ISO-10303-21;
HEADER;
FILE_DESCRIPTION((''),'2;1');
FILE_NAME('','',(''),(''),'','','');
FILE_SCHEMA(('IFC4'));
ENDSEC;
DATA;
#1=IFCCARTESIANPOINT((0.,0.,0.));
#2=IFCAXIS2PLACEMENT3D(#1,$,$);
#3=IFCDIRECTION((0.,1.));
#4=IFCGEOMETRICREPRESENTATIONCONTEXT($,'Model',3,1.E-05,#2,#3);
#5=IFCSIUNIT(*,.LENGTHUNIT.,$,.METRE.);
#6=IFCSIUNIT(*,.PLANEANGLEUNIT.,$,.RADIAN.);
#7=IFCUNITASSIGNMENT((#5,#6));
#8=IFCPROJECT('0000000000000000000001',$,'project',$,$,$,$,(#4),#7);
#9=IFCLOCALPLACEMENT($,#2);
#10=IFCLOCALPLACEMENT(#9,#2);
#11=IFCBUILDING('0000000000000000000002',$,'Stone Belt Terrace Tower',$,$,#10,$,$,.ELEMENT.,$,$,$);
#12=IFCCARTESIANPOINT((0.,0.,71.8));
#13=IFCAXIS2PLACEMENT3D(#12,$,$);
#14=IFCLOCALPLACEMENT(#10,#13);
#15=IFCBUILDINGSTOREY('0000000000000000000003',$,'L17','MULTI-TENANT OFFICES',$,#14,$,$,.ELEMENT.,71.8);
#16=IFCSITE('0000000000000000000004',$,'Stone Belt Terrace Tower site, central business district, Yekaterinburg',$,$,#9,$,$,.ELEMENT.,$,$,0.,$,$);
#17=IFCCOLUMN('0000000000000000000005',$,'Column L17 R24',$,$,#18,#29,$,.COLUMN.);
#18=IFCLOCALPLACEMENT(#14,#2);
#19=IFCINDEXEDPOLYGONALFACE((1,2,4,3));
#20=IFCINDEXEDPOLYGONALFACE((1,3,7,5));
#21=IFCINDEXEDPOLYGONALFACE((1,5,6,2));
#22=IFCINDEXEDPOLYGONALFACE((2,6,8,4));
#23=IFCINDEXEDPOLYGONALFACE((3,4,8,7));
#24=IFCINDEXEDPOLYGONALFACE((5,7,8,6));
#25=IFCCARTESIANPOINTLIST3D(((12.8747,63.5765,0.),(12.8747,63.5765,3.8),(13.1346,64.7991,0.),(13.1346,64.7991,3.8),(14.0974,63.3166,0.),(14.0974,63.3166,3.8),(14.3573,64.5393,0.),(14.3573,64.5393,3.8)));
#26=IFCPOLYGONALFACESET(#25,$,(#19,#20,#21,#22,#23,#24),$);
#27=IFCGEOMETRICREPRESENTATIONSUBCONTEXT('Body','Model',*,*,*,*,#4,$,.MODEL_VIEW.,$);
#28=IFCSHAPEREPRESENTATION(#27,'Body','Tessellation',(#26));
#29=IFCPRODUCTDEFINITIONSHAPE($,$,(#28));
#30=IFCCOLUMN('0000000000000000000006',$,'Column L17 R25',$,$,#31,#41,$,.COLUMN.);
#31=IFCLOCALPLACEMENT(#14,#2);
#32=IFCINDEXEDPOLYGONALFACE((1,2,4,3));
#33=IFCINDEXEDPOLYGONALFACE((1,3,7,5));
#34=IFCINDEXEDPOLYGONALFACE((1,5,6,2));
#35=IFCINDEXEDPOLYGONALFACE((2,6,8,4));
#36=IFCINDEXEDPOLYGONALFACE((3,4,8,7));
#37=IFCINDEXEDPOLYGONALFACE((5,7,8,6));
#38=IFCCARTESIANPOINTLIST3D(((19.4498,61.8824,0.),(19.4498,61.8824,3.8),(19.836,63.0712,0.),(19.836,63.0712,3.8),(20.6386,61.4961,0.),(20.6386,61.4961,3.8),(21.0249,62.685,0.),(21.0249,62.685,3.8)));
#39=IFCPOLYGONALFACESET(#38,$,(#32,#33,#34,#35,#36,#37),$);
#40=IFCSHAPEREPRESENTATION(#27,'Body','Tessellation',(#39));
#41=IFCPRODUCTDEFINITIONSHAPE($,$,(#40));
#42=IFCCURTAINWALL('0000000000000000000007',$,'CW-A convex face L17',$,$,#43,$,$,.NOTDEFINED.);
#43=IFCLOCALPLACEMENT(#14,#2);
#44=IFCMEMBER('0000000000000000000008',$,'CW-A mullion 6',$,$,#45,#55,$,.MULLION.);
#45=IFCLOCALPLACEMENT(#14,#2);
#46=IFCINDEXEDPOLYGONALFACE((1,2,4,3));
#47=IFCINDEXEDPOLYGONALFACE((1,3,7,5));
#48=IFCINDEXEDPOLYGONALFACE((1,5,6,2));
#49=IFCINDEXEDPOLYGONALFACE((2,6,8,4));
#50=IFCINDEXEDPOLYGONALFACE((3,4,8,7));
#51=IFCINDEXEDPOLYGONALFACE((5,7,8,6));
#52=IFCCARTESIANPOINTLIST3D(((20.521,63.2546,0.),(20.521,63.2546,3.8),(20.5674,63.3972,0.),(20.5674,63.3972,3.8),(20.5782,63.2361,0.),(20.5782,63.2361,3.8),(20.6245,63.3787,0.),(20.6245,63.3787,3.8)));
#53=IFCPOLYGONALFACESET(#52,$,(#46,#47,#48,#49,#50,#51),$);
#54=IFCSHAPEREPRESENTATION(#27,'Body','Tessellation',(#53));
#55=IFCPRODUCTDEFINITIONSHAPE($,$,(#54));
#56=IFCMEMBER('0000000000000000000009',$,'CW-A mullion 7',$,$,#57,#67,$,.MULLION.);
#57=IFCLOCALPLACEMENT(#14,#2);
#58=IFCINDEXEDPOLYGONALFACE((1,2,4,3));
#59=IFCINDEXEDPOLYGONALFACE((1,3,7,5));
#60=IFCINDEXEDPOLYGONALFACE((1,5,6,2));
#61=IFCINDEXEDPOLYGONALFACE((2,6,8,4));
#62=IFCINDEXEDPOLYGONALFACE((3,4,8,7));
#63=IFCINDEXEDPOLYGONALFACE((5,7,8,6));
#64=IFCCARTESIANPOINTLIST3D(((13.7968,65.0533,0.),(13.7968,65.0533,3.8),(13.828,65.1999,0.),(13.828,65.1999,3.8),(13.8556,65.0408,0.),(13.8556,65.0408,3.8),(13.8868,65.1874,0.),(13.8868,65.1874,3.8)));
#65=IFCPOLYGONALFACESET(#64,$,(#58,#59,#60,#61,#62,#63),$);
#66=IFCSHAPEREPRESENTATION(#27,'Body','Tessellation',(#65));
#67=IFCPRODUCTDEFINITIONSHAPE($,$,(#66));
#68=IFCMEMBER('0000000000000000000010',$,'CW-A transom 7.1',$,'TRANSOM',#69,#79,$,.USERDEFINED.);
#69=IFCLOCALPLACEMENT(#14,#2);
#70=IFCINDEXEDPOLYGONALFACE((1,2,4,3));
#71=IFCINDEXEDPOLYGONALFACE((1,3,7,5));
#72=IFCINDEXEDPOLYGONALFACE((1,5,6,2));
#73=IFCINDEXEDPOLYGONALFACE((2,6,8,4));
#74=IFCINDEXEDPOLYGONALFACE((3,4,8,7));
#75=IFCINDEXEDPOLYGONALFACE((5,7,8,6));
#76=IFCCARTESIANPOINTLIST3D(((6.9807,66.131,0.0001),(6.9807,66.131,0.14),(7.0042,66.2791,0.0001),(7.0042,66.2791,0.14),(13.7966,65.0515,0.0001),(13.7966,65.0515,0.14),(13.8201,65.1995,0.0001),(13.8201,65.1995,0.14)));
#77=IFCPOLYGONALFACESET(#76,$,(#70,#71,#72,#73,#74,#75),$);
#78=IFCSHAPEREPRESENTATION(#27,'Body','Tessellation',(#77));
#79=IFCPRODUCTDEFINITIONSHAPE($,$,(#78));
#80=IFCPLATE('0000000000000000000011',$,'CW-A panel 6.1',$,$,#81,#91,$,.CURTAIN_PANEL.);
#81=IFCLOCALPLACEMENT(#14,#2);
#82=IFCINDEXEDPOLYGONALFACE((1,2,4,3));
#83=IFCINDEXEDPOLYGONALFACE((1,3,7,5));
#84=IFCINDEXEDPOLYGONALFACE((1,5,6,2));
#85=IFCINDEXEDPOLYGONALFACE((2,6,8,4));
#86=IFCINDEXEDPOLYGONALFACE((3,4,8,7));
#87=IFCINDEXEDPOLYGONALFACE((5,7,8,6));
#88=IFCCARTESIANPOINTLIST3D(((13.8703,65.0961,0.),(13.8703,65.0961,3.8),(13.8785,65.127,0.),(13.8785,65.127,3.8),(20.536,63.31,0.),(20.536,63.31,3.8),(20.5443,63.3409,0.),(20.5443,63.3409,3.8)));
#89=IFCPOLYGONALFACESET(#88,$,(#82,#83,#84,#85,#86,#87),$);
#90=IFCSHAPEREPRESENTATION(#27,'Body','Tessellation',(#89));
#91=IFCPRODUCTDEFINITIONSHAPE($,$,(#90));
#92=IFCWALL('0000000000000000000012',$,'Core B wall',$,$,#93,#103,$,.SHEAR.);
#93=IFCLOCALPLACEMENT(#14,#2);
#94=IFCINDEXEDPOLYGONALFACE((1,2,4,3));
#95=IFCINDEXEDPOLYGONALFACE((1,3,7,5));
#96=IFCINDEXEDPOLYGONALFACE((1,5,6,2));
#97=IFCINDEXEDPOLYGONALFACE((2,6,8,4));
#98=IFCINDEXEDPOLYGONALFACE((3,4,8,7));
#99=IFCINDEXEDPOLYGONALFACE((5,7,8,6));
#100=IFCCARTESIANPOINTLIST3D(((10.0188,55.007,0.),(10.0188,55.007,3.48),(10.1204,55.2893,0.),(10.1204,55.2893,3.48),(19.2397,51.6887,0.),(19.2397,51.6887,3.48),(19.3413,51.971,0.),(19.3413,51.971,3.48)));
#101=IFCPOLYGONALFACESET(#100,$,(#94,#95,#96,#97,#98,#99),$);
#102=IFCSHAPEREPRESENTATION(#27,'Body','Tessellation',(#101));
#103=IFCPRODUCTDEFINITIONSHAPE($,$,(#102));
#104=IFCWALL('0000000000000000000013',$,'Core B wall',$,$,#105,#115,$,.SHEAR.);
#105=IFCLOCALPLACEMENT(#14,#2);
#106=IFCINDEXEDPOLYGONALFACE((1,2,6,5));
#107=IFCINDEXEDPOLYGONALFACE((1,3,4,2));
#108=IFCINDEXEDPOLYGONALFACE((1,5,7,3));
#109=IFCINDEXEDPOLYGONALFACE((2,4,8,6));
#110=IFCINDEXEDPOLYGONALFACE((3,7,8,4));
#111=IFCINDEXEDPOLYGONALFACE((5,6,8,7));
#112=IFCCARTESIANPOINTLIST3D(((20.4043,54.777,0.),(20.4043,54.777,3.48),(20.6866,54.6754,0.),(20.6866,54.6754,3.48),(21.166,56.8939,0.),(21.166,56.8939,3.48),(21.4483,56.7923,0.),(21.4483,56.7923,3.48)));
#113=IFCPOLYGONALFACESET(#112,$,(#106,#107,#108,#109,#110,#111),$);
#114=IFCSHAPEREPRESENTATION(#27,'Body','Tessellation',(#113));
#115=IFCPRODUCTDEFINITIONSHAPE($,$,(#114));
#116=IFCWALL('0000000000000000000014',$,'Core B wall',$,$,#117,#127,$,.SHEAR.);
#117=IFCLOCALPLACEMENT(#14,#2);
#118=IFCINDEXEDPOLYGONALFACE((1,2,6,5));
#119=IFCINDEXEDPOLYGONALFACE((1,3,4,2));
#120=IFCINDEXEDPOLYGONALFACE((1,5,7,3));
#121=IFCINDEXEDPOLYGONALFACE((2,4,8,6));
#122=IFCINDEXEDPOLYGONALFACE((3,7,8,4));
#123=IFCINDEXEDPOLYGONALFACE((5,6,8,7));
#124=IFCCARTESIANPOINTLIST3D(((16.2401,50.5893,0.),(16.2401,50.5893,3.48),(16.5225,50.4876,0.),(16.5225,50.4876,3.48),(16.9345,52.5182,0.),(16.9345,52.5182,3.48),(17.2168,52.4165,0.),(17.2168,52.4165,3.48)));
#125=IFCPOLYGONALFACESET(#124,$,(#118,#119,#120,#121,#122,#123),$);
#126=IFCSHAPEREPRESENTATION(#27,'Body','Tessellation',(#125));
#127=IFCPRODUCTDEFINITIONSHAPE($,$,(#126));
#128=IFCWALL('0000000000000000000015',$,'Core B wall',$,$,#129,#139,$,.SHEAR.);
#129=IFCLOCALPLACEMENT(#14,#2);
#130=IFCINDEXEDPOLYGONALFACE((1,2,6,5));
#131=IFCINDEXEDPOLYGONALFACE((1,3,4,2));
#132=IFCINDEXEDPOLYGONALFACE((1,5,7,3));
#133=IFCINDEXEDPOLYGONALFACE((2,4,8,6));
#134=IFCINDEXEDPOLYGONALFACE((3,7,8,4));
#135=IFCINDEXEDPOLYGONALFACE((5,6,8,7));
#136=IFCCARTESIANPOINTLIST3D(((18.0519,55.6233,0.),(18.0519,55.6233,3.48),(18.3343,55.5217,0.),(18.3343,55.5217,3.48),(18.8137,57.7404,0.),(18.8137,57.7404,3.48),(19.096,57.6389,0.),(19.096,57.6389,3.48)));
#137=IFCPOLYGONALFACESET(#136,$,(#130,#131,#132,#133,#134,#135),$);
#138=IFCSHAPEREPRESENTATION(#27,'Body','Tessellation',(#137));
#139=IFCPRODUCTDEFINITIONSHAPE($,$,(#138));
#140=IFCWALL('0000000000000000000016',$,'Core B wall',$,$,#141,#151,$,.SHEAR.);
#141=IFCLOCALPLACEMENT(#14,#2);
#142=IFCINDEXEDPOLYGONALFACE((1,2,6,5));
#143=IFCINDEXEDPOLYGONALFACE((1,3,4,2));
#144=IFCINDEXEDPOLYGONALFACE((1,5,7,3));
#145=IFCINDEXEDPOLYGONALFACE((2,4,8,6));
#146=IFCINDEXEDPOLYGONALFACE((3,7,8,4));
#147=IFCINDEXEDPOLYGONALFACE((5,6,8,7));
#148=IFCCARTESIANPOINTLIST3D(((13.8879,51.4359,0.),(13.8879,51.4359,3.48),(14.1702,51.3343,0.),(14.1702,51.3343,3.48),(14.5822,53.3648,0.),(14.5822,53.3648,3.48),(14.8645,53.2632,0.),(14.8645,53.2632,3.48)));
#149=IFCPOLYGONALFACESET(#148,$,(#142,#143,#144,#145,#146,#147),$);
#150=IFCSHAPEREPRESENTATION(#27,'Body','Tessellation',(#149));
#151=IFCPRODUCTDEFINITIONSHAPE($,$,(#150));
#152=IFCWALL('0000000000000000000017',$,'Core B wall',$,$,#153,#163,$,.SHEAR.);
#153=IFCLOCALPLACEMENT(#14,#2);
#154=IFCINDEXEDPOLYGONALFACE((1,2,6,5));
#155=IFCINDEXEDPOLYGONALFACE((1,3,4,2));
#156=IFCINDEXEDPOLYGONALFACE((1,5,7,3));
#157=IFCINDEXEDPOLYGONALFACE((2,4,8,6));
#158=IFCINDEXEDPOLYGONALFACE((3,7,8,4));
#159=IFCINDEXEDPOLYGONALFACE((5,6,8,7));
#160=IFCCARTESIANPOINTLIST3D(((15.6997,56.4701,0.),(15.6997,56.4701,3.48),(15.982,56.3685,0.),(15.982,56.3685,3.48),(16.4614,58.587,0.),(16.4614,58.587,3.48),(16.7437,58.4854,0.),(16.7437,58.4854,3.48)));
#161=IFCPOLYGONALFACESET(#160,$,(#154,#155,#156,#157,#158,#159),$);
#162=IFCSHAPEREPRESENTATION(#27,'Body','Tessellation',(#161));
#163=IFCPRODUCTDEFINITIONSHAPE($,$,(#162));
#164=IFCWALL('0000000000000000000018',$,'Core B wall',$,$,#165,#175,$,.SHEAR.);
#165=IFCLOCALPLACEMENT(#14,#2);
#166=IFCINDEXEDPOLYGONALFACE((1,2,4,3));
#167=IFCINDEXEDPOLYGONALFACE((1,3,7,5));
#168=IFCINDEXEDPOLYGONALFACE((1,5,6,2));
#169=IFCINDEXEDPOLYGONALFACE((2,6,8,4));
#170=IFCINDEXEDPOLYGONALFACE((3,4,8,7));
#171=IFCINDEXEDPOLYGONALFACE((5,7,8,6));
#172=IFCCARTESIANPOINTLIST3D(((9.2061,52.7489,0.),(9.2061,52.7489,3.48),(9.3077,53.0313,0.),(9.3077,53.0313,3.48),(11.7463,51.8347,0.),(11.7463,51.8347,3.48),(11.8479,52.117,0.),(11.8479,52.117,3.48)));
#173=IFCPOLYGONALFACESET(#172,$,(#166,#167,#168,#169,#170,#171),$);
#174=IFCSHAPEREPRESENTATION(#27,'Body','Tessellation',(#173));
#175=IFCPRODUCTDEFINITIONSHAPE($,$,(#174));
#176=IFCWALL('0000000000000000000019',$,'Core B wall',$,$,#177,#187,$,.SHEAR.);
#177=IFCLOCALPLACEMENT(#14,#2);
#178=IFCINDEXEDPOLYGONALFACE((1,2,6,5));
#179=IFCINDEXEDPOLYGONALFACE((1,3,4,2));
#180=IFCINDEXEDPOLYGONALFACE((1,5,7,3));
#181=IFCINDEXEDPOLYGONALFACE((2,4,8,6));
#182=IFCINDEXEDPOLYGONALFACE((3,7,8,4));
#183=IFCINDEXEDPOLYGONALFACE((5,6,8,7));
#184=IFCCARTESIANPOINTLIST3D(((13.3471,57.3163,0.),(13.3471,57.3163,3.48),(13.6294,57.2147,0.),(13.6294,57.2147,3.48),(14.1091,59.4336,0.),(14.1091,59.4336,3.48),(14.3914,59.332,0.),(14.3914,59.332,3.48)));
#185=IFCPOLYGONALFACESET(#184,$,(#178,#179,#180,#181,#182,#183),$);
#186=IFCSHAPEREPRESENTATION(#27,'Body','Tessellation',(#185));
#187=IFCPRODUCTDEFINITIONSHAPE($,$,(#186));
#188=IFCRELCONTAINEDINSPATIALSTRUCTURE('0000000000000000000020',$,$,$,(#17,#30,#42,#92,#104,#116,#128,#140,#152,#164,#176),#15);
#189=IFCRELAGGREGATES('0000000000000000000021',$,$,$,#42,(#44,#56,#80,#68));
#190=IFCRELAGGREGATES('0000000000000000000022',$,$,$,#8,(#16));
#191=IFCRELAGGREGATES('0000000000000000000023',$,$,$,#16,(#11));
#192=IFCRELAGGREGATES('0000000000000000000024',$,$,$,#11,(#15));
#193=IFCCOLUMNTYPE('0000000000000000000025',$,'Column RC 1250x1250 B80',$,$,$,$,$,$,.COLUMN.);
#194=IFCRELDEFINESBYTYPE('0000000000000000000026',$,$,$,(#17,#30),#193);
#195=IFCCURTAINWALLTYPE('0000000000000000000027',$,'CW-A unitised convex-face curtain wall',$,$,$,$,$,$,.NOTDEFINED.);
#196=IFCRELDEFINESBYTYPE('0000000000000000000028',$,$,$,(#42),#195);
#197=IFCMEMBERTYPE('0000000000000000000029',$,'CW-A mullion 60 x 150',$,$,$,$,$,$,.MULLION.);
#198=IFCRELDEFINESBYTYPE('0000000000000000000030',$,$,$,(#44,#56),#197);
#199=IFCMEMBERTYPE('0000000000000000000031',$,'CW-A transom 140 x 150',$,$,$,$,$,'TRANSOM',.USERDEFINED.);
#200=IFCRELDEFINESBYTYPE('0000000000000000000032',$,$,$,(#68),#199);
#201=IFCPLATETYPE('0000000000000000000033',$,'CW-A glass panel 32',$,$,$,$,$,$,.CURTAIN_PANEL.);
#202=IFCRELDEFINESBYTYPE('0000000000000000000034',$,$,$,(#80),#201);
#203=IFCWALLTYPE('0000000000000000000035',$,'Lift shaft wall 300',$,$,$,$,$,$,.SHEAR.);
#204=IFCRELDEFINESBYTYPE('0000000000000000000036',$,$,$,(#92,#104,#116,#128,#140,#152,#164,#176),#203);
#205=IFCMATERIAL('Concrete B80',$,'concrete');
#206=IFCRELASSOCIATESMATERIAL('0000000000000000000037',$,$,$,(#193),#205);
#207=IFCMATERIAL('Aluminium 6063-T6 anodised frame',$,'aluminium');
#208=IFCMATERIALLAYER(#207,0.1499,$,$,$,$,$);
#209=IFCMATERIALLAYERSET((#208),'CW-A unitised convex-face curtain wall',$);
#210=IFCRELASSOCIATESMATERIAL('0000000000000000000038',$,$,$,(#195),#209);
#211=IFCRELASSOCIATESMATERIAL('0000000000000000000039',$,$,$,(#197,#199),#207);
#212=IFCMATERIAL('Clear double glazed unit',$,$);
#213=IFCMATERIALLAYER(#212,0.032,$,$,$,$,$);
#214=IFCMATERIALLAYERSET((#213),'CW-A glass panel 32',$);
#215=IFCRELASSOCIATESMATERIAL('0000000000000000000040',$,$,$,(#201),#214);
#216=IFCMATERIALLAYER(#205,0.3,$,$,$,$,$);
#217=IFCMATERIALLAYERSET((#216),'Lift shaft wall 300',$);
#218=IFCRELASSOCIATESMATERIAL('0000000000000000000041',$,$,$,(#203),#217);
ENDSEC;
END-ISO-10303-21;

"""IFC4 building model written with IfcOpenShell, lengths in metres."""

from ifc_helpers import new_model, si_unit, direction, frame, frame_2d, origin, origin_2d, place, context, subcontext, project, spatial, rectangle, extrude, material, layer, layer_set, material_profile, profile_set, type_object, element, aggregate, save


model = new_model("IFC4")

# Units and contexts
model_context = context("Model", 3, precision=1e-05, world=origin(), true_north=direction((0.0, 1.0)))
body_context = subcontext(model_context, "Body", "Model", "MODEL_VIEW")
ifc_project = project(units=[si_unit("LENGTHUNIT", "METRE"), si_unit("PLANEANGLEUNIT", "RADIAN")], contexts=[model_context])

# Site, building, storey
site_placement = place(None, origin())
site = spatial("IfcSite", under=ifc_project, at=site_placement, Name="Stone Belt Terrace Tower site, central business district, Yekaterinburg", CompositionType="ELEMENT", RefElevation=0.0)
building_placement = place(site_placement, origin())
building = spatial("IfcBuilding", under=site, at=building_placement, Name="Stone Belt Terrace Tower", CompositionType="ELEMENT")
storey_placement = place(building_placement, frame((0.0, 0.0, 71.8)))
storey = spatial("IfcBuildingStorey", under=building, at=storey_placement, Name="L17", Description="MULTI-TENANT OFFICES", CompositionType="ELEMENT", Elevation=71.8)

# Columns
ifc_material_1 = material(Name="Concrete B80", Category="concrete")
ifc_material_profile_1 = material_profile(ifc_material_1, rectangle(XDim=1.25, YDim=1.25, at=origin_2d()), Name="RC 1250x1250")
ifc_profile_set_1 = profile_set([ifc_material_profile_1], Name="Concrete B80")
column_type = type_object("IfcColumnType", Name="Column RC 1250x1250 B80", PredefinedType="COLUMN", material=ifc_profile_set_1)
for number, where, z_axis, x_axis, name in (
    (1, (13.616, 64.0579, 0.0), (0.0, 0.0, 1.0), (0.978148, -0.207912, 0.0), "Column L17 R24"),
    (2, (20.2373, 62.2837, 0.0), (0.0, 0.0, 1.0), (0.951057, -0.309017, 0.0), "Column L17 R25"),
):
    element("IfcColumn", number, at=place(storey_placement, frame(where, z_axis=z_axis, x_axis=x_axis)), inside=storey, type_object=column_type, Name=name, PredefinedType="COLUMN", context=body_context, shape_type="SweptSolid", body=[
        extrude(rectangle(XDim=1.25, YDim=1.25, at=origin_2d()), origin(), (0.0, 0.0, 1.0), 3.8),
    ])

# Curtain wall, members, plate
ifc_material_2 = material(Name="Aluminium 6063-T6 anodised frame", Category="aluminium")
ifc_layer_1 = layer(ifc_material_2, 0.1499)
ifc_layer_set_1 = layer_set([ifc_layer_1], Name="CW-A unitised convex-face curtain wall")
curtain_wall_type = type_object("IfcCurtainWallType", Name="CW-A unitised convex-face curtain wall", PredefinedType="NOTDEFINED", material=ifc_layer_set_1)
curtain_wall_placement = place(storey_placement, origin())
curtain_wall = element("IfcCurtainWall", 3, at=curtain_wall_placement, inside=storey, type_object=curtain_wall_type, Name="CW-A convex face L17", PredefinedType="NOTDEFINED")
ifc_material_profile_2 = material_profile(ifc_material_2, rectangle(XDim=0.1499, YDim=0.0601, at=origin_2d()), Name="Aluminium 6063-T6 60x150")
ifc_profile_set_2 = profile_set([ifc_material_profile_2], Name="Aluminium 6063-T6 anodised frame")
member_type_1 = type_object("IfcMemberType", Name="CW-A mullion 60 x 150", PredefinedType="MULLION", material=ifc_profile_set_2)
member_1_placement = place(storey_placement, frame((20.5728, 63.3167, 0.0), z_axis=(0.0, 0.0, 1.0), x_axis=(-0.309017, -0.951057, 0.0)))
member_1 = element("IfcMember", 4, at=member_1_placement, type_object=member_type_1, Name="CW-A mullion 6", PredefinedType="MULLION", context=body_context, shape_type="SweptSolid", body=[
    extrude(rectangle(XDim=0.1499, YDim=0.0601, at=origin_2d()), origin(), (0.0, 0.0, 1.0), 3.8),
])
member_2_placement = place(storey_placement, frame((13.8418, 65.1204, 0.0), z_axis=(0.0, 0.0, 1.0), x_axis=(-0.207912, -0.978148, 0.0)))
member_2 = element("IfcMember", 5, at=member_2_placement, type_object=member_type_1, Name="CW-A mullion 7", PredefinedType="MULLION", context=body_context, shape_type="SweptSolid", body=[
    extrude(rectangle(XDim=0.1499, YDim=0.0601, at=origin_2d()), origin(), (0.0, 0.0, 1.0), 3.8),
])
ifc_material_profile_3 = material_profile(ifc_material_2, rectangle(XDim=0.1499, YDim=0.1399, at=origin_2d()), Name="Aluminium 6063-T6 150x140")
ifc_profile_set_3 = profile_set([ifc_material_profile_3], Name="Aluminium 6063-T6 anodised frame")
member_type_2 = type_object("IfcMemberType", Name="CW-A transom 140 x 150", ElementType="TRANSOM", PredefinedType="USERDEFINED", material=ifc_profile_set_3)
member_3_placement = place(storey_placement, frame((13.8083, 65.1255, 0.0701), z_axis=(-0.987687, 0.156442, 0.0), x_axis=(-0.156442, -0.987687, 0.0)))
member_3 = element("IfcMember", 6, at=member_3_placement, type_object=member_type_2, Name="CW-A transom 7.1", ObjectType="TRANSOM", PredefinedType="USERDEFINED", context=body_context, shape_type="SweptSolid", body=[
    extrude(rectangle(XDim=0.1499, YDim=0.1399, at=origin_2d()), origin(), (0.0, 0.0, 1.0), 6.9009),
])
ifc_material_3 = material(Name="Clear double glazed unit")
ifc_layer_2 = layer(ifc_material_3, 0.032)
ifc_layer_set_2 = layer_set([ifc_layer_2], Name="CW-A glass panel 32")
plate_type = type_object("IfcPlateType", Name="CW-A glass panel 32", PredefinedType="CURTAIN_PANEL", material=ifc_layer_set_2)
plate_placement = place(storey_placement, frame((17.2073, 64.2185, 0.0), z_axis=(0.0, 0.0, 1.0), x_axis=(-0.965926, 0.258819, 0.0)))
plate = element("IfcPlate", 7, at=plate_placement, type_object=plate_type, Name="CW-A panel 6.1", PredefinedType="CURTAIN_PANEL", context=body_context, shape_type="SweptSolid", body=[
    extrude(rectangle(XDim=6.9009, YDim=0.032, at=origin_2d()), origin(), (0.0, 0.0, 1.0), 3.8),
])
aggregate(curtain_wall, [member_1, member_2, plate, member_3])

# Walls
ifc_layer_3 = layer(ifc_material_1, 0.3)
ifc_layer_set_3 = layer_set([ifc_layer_3], Name="Lift shaft wall 300")
wall_type_1 = type_object("IfcWallType", Name="Lift shaft wall 300", PredefinedType="SHEAR", material=ifc_layer_set_3)
wall_1_placement = place(storey_placement, frame((19.2905, 51.8298, 0.0), z_axis=(0.0, 0.0, 1.0), x_axis=(-0.940926, 0.338613, 0.0)))
element("IfcWall", 8, at=wall_1_placement, inside=storey, type_object=wall_type_1, Name="Core B wall", PredefinedType="SHEAR", context=body_context, shape_type="SweptSolid", body=[
    extrude(rectangle(XDim=9.7998, YDim=0.3, at=frame_2d((4.8999, 0.0))), origin(), (0.0, 0.0, 1.0), 3.48),
])
wall_2_placement = place(storey_placement, frame((20.5454, 54.7261, 0.0), z_axis=(0.0, 0.0, 1.0), x_axis=(0.33857, 0.940941, 0.0)))
element("IfcWall", 9, at=wall_2_placement, inside=storey, type_object=wall_type_1, Name="Core B wall", PredefinedType="SHEAR", context=body_context, shape_type="SweptSolid", body=[
    extrude(rectangle(XDim=2.2498, YDim=0.3, at=frame_2d((1.125, 0.0))), origin(), (0.0, 0.0, 1.0), 3.48),
])
wall_3_placement = place(storey_placement, frame((16.3813, 50.5386, 0.0), z_axis=(0.0, 0.0, 1.0), x_axis=(0.338682, 0.940901, 0.0)))
element("IfcWall", 10, at=wall_3_placement, inside=storey, type_object=wall_type_1, Name="Core B wall", PredefinedType="SHEAR", context=body_context, shape_type="SweptSolid", body=[
    extrude(rectangle(XDim=2.05, YDim=0.3, at=frame_2d((1.0249, 0.0))), origin(), (0.0, 0.0, 1.0), 3.48),
])
wall_4_placement = place(storey_placement, frame((18.1931, 55.5725, 0.0), z_axis=(0.0, 0.0, 1.0), x_axis=(0.338535, 0.940954, 0.0)))
element("IfcWall", 11, at=wall_4_placement, inside=storey, type_object=wall_type_1, Name="Core B wall", PredefinedType="SHEAR", context=body_context, shape_type="SweptSolid", body=[
    extrude(rectangle(XDim=2.25, YDim=0.3, at=frame_2d((1.125, 0.0))), origin(), (0.0, 0.0, 1.0), 3.48),
])
wall_5_placement = place(storey_placement, frame((14.0291, 51.3853, 0.0), z_axis=(0.0, 0.0, 1.0), x_axis=(0.338682, 0.940901, 0.0)))
element("IfcWall", 12, at=wall_5_placement, inside=storey, type_object=wall_type_1, Name="Core B wall", PredefinedType="SHEAR", context=body_context, shape_type="SweptSolid", body=[
    extrude(rectangle(XDim=2.05, YDim=0.3, at=frame_2d((1.0249, 0.0))), origin(), (0.0, 0.0, 1.0), 3.48),
])
wall_6_placement = place(storey_placement, frame((15.8408, 56.4192, 0.0), z_axis=(0.0, 0.0, 1.0), x_axis=(0.33857, 0.940941, 0.0)))
element("IfcWall", 13, at=wall_6_placement, inside=storey, type_object=wall_type_1, Name="Core B wall", PredefinedType="SHEAR", context=body_context, shape_type="SweptSolid", body=[
    extrude(rectangle(XDim=2.2498, YDim=0.3, at=frame_2d((1.125, 0.0))), origin(), (0.0, 0.0, 1.0), 3.48),
])
wall_7_placement = place(storey_placement, frame((11.7971, 51.9758, 0.0), z_axis=(0.0, 0.0, 1.0), x_axis=(-0.94091, 0.338655, 0.0)))
element("IfcWall", 14, at=wall_7_placement, inside=storey, type_object=wall_type_1, Name="Core B wall", PredefinedType="SHEAR", context=body_context, shape_type="SweptSolid", body=[
    extrude(rectangle(XDim=2.6997, YDim=0.3, at=frame_2d((1.3499, 0.0))), origin(), (0.0, 0.0, 1.0), 3.48),
])
wall_8_placement = place(storey_placement, frame((13.4883, 57.2656, 0.0), z_axis=(0.0, 0.0, 1.0), x_axis=(0.338631, 0.940919, 0.0)))
element("IfcWall", 15, at=wall_8_placement, inside=storey, type_object=wall_type_1, Name="Core B wall", PredefinedType="SHEAR", context=body_context, shape_type="SweptSolid", body=[
    extrude(rectangle(XDim=2.2502, YDim=0.3, at=frame_2d((1.125, 0.0))), origin(), (0.0, 0.0, 1.0), 3.48),
])

save(model, "model.ifc")
